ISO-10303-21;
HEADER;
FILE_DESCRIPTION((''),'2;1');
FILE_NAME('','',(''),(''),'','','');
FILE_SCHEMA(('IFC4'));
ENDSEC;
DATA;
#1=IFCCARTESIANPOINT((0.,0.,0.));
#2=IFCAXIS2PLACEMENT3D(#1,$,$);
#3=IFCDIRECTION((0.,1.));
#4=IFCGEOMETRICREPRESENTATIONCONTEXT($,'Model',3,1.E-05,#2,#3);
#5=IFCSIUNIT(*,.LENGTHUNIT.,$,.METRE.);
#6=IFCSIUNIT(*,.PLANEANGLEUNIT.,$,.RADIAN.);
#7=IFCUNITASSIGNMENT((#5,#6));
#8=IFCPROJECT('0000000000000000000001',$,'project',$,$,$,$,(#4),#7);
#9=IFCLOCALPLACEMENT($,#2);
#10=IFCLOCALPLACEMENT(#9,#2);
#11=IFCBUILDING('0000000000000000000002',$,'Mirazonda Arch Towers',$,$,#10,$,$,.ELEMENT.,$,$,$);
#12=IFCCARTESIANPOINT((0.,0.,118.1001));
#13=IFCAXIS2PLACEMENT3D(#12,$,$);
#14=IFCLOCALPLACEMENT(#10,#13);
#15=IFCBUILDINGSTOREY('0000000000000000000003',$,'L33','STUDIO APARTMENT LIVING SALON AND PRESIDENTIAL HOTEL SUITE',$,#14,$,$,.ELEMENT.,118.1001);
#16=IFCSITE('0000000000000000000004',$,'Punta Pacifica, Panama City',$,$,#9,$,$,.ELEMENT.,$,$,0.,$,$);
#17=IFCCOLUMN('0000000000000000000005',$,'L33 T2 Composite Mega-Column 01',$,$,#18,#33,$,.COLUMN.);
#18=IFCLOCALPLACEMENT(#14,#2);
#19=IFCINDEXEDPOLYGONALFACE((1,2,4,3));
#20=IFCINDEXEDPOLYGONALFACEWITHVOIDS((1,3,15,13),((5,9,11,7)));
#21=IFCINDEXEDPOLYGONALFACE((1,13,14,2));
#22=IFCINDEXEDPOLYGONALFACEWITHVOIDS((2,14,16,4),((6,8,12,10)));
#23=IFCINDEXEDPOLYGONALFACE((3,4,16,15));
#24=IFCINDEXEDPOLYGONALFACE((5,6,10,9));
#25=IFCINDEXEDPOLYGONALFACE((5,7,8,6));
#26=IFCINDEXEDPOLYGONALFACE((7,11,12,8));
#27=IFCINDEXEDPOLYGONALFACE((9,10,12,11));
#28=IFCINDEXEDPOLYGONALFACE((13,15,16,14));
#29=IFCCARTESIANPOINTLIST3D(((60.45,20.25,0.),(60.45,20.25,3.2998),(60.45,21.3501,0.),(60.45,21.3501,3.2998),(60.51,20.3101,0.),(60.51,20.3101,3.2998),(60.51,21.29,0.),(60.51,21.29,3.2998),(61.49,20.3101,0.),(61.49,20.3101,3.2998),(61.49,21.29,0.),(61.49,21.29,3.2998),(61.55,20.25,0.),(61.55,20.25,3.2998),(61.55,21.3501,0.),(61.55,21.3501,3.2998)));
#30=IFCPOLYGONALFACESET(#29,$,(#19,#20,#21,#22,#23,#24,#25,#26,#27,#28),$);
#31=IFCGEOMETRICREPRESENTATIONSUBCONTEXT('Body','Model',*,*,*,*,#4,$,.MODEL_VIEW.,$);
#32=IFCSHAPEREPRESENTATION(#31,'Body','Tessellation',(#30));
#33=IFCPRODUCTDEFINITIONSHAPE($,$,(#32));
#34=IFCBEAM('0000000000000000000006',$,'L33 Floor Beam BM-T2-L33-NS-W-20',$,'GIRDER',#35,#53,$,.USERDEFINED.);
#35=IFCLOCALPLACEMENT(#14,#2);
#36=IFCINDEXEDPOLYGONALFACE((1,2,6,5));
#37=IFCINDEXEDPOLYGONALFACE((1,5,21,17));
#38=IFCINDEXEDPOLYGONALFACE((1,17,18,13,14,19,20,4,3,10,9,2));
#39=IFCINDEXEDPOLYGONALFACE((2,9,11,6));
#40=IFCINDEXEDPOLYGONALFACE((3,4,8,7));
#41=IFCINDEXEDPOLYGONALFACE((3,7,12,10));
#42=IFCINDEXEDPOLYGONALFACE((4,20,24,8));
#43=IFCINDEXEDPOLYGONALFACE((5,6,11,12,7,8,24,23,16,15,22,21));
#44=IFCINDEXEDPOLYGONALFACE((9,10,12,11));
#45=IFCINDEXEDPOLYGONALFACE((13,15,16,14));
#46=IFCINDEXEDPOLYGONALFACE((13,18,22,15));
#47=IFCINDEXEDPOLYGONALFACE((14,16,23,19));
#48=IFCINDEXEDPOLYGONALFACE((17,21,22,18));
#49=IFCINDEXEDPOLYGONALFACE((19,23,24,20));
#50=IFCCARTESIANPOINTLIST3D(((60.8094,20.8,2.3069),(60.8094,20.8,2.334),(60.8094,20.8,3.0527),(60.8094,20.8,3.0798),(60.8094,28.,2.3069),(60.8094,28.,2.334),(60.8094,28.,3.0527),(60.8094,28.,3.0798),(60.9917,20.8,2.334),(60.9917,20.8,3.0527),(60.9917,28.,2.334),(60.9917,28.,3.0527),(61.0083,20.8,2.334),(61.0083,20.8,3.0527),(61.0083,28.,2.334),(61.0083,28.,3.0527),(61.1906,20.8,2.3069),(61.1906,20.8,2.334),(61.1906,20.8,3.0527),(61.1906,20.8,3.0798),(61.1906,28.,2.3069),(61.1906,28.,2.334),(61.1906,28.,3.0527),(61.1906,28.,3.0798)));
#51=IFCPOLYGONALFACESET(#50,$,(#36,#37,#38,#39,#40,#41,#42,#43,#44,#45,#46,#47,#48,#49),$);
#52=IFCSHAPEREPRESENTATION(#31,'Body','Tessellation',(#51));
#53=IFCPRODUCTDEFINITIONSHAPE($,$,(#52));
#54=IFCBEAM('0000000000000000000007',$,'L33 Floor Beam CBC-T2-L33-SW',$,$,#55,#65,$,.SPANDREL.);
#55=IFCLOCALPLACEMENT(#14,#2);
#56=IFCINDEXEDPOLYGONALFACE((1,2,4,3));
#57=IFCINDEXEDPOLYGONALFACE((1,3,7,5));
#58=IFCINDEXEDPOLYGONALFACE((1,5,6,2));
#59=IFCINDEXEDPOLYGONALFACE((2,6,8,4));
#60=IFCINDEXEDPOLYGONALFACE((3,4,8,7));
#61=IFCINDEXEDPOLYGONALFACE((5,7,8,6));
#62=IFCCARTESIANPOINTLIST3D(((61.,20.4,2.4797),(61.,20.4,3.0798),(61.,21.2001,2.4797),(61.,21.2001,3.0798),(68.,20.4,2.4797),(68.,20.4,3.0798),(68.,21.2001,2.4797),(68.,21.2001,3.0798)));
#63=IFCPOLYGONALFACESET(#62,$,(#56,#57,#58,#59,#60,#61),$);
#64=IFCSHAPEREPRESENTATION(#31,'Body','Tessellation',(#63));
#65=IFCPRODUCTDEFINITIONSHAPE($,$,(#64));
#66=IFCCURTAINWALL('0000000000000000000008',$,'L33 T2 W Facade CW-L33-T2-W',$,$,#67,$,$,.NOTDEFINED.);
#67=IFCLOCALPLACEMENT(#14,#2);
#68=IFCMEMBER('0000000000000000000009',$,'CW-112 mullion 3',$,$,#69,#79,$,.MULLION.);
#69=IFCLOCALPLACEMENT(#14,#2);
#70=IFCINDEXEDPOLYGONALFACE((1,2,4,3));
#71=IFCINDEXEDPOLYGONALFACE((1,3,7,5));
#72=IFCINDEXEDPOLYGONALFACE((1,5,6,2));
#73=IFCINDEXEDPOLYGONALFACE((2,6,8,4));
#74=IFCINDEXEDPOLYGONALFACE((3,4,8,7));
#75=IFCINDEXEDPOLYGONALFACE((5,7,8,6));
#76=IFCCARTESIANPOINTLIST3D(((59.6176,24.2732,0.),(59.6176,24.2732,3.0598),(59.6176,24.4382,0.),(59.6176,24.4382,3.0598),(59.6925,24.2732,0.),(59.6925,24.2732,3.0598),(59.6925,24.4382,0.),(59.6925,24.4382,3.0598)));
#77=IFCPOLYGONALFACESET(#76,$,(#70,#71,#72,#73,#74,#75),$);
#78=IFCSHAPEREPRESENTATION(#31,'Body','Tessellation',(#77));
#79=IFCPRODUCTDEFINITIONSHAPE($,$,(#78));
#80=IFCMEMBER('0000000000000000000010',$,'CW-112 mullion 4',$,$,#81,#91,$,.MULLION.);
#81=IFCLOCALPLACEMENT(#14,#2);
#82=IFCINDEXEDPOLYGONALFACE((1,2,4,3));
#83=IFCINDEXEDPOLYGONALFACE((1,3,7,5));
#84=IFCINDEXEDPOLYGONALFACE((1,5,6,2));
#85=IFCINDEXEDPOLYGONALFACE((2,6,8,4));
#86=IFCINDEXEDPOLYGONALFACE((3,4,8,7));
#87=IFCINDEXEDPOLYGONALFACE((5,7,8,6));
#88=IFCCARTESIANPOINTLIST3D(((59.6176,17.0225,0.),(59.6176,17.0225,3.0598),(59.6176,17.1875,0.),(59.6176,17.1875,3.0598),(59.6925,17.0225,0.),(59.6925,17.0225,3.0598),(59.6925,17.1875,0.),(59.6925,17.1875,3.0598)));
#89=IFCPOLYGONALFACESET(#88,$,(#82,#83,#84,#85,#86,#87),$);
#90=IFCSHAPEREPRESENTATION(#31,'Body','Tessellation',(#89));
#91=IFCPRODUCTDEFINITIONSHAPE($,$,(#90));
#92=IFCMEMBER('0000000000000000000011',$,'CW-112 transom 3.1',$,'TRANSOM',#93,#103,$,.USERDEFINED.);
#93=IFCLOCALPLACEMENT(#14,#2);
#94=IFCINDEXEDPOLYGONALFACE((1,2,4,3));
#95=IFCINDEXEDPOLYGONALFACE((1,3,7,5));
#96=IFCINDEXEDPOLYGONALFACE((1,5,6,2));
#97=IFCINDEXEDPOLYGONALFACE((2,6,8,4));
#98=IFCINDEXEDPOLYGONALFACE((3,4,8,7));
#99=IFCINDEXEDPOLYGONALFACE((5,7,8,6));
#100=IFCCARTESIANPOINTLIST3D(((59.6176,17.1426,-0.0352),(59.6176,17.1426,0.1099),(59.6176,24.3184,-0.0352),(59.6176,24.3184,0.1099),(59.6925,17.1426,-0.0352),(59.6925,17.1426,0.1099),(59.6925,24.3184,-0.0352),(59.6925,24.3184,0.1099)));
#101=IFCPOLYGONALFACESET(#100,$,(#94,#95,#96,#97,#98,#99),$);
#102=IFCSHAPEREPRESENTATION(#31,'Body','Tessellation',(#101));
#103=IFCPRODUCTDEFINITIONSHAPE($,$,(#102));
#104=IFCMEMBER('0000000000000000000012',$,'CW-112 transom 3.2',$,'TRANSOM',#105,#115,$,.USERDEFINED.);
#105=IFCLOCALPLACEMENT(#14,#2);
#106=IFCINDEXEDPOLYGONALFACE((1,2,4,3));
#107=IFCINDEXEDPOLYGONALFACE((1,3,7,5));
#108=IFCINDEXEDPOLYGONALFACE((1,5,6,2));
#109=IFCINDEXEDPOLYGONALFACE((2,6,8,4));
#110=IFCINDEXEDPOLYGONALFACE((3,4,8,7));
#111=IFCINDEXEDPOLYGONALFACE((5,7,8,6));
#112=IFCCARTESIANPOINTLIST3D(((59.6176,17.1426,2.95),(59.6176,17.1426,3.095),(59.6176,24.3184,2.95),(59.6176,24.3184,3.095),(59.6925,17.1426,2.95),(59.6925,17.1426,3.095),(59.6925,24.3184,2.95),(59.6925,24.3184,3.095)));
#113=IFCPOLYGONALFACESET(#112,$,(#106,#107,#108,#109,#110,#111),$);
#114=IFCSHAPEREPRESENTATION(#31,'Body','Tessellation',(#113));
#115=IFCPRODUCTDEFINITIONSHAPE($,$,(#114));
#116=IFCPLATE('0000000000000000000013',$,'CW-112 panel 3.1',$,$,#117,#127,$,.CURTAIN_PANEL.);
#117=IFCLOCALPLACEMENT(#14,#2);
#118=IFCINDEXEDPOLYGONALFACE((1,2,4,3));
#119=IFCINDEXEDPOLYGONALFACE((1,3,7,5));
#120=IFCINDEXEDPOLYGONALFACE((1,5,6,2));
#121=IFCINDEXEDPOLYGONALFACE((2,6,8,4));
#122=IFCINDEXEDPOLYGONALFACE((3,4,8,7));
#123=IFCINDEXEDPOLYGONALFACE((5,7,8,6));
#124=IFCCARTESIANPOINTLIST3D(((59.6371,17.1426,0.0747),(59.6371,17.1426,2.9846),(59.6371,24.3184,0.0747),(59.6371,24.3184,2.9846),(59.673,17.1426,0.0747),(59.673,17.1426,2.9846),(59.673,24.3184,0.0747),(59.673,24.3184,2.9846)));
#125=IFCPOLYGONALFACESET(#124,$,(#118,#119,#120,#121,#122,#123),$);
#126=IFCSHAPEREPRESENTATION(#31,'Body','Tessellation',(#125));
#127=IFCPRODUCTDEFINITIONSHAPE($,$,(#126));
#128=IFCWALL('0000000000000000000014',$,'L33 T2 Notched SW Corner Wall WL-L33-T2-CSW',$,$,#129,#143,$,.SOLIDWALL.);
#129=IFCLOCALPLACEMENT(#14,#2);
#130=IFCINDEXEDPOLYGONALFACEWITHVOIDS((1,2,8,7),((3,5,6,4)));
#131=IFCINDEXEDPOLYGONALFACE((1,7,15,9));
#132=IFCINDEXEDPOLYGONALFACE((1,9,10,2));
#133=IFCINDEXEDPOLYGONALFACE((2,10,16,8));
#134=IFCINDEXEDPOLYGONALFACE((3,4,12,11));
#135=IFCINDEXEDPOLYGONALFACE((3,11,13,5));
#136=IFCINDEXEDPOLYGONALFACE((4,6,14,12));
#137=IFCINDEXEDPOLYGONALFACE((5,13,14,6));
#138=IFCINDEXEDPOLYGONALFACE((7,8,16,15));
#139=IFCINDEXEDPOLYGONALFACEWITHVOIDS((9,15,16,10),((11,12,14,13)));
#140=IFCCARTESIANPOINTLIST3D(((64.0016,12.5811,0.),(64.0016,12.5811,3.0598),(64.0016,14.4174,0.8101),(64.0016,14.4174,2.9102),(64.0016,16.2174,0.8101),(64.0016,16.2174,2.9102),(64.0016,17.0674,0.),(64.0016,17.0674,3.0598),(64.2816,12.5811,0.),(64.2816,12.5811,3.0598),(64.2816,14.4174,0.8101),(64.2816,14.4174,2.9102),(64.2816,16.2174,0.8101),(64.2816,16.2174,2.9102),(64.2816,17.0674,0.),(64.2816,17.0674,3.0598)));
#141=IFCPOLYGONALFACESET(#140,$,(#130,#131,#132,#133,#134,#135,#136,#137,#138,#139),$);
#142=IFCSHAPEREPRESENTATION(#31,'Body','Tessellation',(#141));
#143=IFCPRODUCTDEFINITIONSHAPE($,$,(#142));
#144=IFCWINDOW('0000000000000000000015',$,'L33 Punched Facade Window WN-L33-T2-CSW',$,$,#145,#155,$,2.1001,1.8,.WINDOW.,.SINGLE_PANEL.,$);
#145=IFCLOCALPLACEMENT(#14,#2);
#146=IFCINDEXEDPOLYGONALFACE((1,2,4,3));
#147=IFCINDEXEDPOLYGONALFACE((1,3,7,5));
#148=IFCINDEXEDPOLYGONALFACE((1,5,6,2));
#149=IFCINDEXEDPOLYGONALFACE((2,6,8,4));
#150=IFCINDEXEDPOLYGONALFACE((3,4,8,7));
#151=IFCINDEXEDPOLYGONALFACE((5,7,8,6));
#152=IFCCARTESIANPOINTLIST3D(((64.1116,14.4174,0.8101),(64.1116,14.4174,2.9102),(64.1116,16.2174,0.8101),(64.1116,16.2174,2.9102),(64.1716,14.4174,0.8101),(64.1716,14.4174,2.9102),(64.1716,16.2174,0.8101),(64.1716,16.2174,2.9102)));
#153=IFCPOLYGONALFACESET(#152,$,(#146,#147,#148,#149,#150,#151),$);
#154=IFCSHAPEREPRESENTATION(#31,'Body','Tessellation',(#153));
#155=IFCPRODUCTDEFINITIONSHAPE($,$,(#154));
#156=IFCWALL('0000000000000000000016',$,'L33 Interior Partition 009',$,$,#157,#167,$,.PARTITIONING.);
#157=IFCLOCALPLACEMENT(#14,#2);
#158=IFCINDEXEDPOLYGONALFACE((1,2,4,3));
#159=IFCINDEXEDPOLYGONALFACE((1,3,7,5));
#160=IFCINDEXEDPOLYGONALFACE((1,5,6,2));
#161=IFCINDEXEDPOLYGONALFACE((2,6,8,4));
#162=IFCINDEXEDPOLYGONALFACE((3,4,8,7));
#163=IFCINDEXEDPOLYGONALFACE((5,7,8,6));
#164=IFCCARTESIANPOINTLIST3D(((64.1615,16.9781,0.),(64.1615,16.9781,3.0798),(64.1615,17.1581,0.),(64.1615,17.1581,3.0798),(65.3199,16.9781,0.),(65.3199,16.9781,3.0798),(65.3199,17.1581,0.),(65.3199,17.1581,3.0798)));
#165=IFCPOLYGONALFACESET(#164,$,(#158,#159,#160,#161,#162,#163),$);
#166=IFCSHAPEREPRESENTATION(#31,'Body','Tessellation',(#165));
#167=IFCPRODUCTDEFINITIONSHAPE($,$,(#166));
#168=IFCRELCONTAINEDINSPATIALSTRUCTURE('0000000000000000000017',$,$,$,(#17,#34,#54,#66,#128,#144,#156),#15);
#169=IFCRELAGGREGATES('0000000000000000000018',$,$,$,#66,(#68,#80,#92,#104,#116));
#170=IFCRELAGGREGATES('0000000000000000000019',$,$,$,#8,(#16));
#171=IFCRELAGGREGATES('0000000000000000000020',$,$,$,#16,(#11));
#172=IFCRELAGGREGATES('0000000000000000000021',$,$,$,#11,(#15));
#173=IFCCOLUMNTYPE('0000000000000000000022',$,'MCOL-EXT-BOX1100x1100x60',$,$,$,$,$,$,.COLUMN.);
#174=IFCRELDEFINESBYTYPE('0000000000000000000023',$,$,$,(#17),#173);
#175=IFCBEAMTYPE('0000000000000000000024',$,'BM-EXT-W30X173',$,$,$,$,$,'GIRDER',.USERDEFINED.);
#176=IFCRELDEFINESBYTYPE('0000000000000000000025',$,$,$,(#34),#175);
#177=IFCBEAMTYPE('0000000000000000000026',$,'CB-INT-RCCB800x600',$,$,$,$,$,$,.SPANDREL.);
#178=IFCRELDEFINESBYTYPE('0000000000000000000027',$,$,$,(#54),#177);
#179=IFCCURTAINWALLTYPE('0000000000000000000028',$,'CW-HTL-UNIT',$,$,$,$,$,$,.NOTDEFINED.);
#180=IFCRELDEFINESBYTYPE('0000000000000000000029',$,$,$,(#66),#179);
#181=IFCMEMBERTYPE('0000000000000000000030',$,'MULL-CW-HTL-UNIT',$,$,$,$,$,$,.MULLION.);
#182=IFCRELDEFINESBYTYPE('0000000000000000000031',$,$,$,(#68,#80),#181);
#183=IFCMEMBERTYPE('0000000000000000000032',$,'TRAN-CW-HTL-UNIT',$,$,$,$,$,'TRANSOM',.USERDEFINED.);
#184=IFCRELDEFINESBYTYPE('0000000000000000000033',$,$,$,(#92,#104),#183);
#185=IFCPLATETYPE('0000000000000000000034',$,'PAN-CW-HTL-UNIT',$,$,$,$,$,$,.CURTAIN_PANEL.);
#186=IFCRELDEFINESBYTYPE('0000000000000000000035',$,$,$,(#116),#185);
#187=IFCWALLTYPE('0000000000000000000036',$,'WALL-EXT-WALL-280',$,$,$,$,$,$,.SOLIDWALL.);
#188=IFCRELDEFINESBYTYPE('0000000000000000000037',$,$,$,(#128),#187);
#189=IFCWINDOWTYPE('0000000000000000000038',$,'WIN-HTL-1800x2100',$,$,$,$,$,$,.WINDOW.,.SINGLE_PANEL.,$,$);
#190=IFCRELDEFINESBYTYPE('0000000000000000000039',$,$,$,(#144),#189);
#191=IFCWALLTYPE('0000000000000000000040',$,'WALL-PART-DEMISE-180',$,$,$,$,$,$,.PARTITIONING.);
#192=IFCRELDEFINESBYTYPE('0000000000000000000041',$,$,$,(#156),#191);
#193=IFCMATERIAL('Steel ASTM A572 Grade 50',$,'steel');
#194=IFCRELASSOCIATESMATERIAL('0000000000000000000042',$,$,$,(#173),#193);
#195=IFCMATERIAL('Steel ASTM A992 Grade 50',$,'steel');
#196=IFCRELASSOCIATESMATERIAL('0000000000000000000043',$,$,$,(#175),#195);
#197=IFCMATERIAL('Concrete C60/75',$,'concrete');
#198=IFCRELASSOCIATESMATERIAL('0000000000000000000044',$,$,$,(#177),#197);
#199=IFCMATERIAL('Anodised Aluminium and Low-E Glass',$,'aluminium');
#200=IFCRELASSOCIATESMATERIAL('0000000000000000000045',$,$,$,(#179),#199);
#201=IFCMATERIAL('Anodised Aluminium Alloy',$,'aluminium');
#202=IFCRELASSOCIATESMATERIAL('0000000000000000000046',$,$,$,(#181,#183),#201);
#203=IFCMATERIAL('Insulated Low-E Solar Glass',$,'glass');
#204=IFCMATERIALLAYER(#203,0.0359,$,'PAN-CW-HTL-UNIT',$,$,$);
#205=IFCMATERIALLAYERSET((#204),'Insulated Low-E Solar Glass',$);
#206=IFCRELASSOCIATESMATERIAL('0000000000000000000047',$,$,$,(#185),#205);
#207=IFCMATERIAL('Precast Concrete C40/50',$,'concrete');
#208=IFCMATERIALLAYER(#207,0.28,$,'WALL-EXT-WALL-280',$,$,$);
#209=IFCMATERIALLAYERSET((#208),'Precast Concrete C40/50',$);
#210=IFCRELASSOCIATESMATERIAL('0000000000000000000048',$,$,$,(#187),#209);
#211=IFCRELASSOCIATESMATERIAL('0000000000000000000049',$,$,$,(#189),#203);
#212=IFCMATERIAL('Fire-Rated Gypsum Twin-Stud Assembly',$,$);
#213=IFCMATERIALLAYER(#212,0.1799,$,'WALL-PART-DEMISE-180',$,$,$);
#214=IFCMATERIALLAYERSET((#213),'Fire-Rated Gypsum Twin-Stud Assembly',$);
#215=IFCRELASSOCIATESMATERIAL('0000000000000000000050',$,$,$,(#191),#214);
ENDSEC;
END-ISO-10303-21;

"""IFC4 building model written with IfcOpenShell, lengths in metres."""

from ifc_helpers import new_model, si_unit, direction, frame, frame_2d, origin, origin_2d, place, context, subcontext, project, spatial, rectangle, hollow_rectangle, i_section, extrude, material, layer, layer_set, material_profile, profile_set, type_object, element, fill, aggregate, save


model = new_model("IFC4")

# Units and contexts
model_context = context("Model", 3, precision=1e-05, world=origin(), true_north=direction((0.0, 1.0)))
body_context = subcontext(model_context, "Body", "Model", "MODEL_VIEW")
ifc_project = project(units=[si_unit("LENGTHUNIT", "METRE"), si_unit("PLANEANGLEUNIT", "RADIAN")], contexts=[model_context])

# Site, building, storey
site_placement = place(None, origin())
site = spatial("IfcSite", under=ifc_project, at=site_placement, Name="Punta Pacifica, Panama City", CompositionType="ELEMENT", RefElevation=0.0)
building_placement = place(site_placement, origin())
building = spatial("IfcBuilding", under=site, at=building_placement, Name="Mirazonda Arch Towers", CompositionType="ELEMENT")
storey_placement = place(building_placement, frame((0.0, 0.0, 118.1001)))
storey = spatial("IfcBuildingStorey", under=building, at=storey_placement, Name="L33", Description="STUDIO APARTMENT LIVING SALON AND PRESIDENTIAL HOTEL SUITE", CompositionType="ELEMENT", Elevation=118.1001)

# Column
ifc_material_1 = material(Name="Steel ASTM A572 Grade 50", Category="steel")
ifc_material_profile_1 = material_profile(ifc_material_1, hollow_rectangle(XDim=1.1001, YDim=1.1001, WallThickness=0.0601, at=origin_2d()), Name="BOX1100x1100x60")
ifc_profile_set_1 = profile_set([ifc_material_profile_1], Name="Steel ASTM A572 Grade 50")
column_type = type_object("IfcColumnType", Name="MCOL-EXT-BOX1100x1100x60", PredefinedType="COLUMN", material=ifc_profile_set_1)
column_placement = place(storey_placement, frame((61.0, 20.8, 0.0), z_axis=(0.0, 0.0, 1.0), x_axis=(1.0, 0.0, 0.0)))
element("IfcColumn", 1, at=column_placement, inside=storey, type_object=column_type, Name="L33 T2 Composite Mega-Column 01", PredefinedType="COLUMN", context=body_context, shape_type="SweptSolid", body=[
    extrude(hollow_rectangle(XDim=1.1001, YDim=1.1001, WallThickness=0.0601, at=origin_2d()), origin(), (0.0, 0.0, 1.0), 3.2998),
])

# Beams
ifc_material_2 = material(Name="Steel ASTM A992 Grade 50", Category="steel")
ifc_material_profile_2 = material_profile(ifc_material_2, i_section(OverallWidth=0.3811, OverallDepth=0.7729, WebThickness=0.0166, FlangeThickness=0.0271, at=origin_2d()), Name="W30X173")
ifc_profile_set_2 = profile_set([ifc_material_profile_2], Name="Steel ASTM A992 Grade 50")
beam_type_1 = type_object("IfcBeamType", Name="BM-EXT-W30X173", ElementType="GIRDER", PredefinedType="USERDEFINED", material=ifc_profile_set_2)
beam_1_placement = place(storey_placement, frame((61.0, 20.8, 2.6934), z_axis=(0.0, 1.0, 0.0), x_axis=(-1.0, 0.0, 0.0)))
element("IfcBeam", 2, at=beam_1_placement, inside=storey, type_object=beam_type_1, Name="L33 Floor Beam BM-T2-L33-NS-W-20", ObjectType="GIRDER", PredefinedType="USERDEFINED", context=body_context, shape_type="SweptSolid", body=[
    extrude(i_section(OverallWidth=0.3811, OverallDepth=0.7729, WebThickness=0.0166, FlangeThickness=0.0271, at=origin_2d()), origin(), (0.0, 0.0, 1.0), 7.2),
])
ifc_material_3 = material(Name="Concrete C60/75", Category="concrete")
ifc_material_profile_3 = material_profile(ifc_material_3, rectangle(XDim=0.8, YDim=0.6001, at=origin_2d()), Name="RCCB800x600")
ifc_profile_set_3 = profile_set([ifc_material_profile_3], Name="Concrete C60/75")
beam_type_2 = type_object("IfcBeamType", Name="CB-INT-RCCB800x600", PredefinedType="SPANDREL", material=ifc_profile_set_3)
beam_2_placement = place(storey_placement, frame((61.0, 20.8, 2.7798), z_axis=(1.0, 0.0, 0.0), x_axis=(0.0, 1.0, 0.0)))
element("IfcBeam", 3, at=beam_2_placement, inside=storey, type_object=beam_type_2, Name="L33 Floor Beam CBC-T2-L33-SW", PredefinedType="SPANDREL", context=body_context, shape_type="SweptSolid", body=[
    extrude(rectangle(XDim=0.8, YDim=0.6001, at=origin_2d()), origin(), (0.0, 0.0, 1.0), 7.0),
])

# Curtain wall, members, plate
ifc_material_4 = material(Name="Anodised Aluminium and Low-E Glass", Category="aluminium")
curtain_wall_type = type_object("IfcCurtainWallType", Name="CW-HTL-UNIT", PredefinedType="NOTDEFINED", material=ifc_material_4)
curtain_wall_placement = place(storey_placement, origin())
curtain_wall = element("IfcCurtainWall", 4, at=curtain_wall_placement, inside=storey, type_object=curtain_wall_type, Name="L33 T2 W Facade CW-L33-T2-W", PredefinedType="NOTDEFINED")
ifc_material_5 = material(Name="Anodised Aluminium Alloy", Category="aluminium")
ifc_material_profile_4 = material_profile(ifc_material_5, rectangle(XDim=0.075, YDim=0.165, at=origin_2d()), Name="ALU-MULL-75x165")
ifc_profile_set_4 = profile_set([ifc_material_profile_4], Name="Anodised Aluminium Alloy")
member_type_1 = type_object("IfcMemberType", Name="MULL-CW-HTL-UNIT", PredefinedType="MULLION", material=ifc_profile_set_4)
member_1_placement = place(storey_placement, frame((59.655, 24.3557, 0.0), z_axis=(0.0, 0.0, 1.0), x_axis=(1.0, 0.0, 0.0)))
member_1 = element("IfcMember", 5, at=member_1_placement, type_object=member_type_1, Name="CW-112 mullion 3", PredefinedType="MULLION", context=body_context, shape_type="SweptSolid", body=[
    extrude(rectangle(XDim=0.075, YDim=0.165, at=origin_2d()), origin(), (0.0, 0.0, 1.0), 3.0598),
])
member_2_placement = place(storey_placement, frame((59.655, 17.105, 0.0), z_axis=(0.0, 0.0, 1.0), x_axis=(1.0, 0.0, 0.0)))
member_2 = element("IfcMember", 6, at=member_2_placement, type_object=member_type_1, Name="CW-112 mullion 4", PredefinedType="MULLION", context=body_context, shape_type="SweptSolid", body=[
    extrude(rectangle(XDim=0.075, YDim=0.165, at=origin_2d()), origin(), (0.0, 0.0, 1.0), 3.0598),
])
ifc_material_profile_5 = material_profile(ifc_material_5, rectangle(XDim=0.075, YDim=0.145, at=origin_2d()), Name="ALU-TRAN-75x145")
ifc_profile_set_5 = profile_set([ifc_material_profile_5], Name="Anodised Aluminium Alloy")
member_type_2 = type_object("IfcMemberType", Name="TRAN-CW-HTL-UNIT", ElementType="TRANSOM", PredefinedType="USERDEFINED", material=ifc_profile_set_5)
member_3_placement = place(storey_placement, frame((59.655, 24.3184, 0.0374), z_axis=(0.0, -1.0, 0.0), x_axis=(1.0, 0.0, 0.0)))
member_3 = element("IfcMember", 7, at=member_3_placement, type_object=member_type_2, Name="CW-112 transom 3.1", ObjectType="TRANSOM", PredefinedType="USERDEFINED", context=body_context, shape_type="SweptSolid", body=[
    extrude(rectangle(XDim=0.075, YDim=0.145, at=origin_2d()), origin(), (0.0, 0.0, 1.0), 7.1758),
])
member_4_placement = place(storey_placement, frame((59.655, 24.3184, 3.0225), z_axis=(0.0, -1.0, 0.0), x_axis=(1.0, 0.0, 0.0)))
member_4 = element("IfcMember", 8, at=member_4_placement, type_object=member_type_2, Name="CW-112 transom 3.2", ObjectType="TRANSOM", PredefinedType="USERDEFINED", context=body_context, shape_type="SweptSolid", body=[
    extrude(rectangle(XDim=0.075, YDim=0.145, at=origin_2d()), origin(), (0.0, 0.0, 1.0), 7.1758),
])
ifc_material_6 = material(Name="Insulated Low-E Solar Glass", Category="glass")
ifc_layer_1 = layer(ifc_material_6, 0.0359, Name="PAN-CW-HTL-UNIT")
ifc_layer_set_1 = layer_set([ifc_layer_1], Name="Insulated Low-E Solar Glass")
plate_type = type_object("IfcPlateType", Name="PAN-CW-HTL-UNIT", PredefinedType="CURTAIN_PANEL", material=ifc_layer_set_1)
plate_placement = place(storey_placement, frame((59.655, 20.7305, 0.0747), z_axis=(0.0, 0.0, 1.0), x_axis=(0.0, -1.0, 0.0)))
plate = element("IfcPlate", 9, at=plate_placement, type_object=plate_type, Name="CW-112 panel 3.1", PredefinedType="CURTAIN_PANEL", context=body_context, shape_type="SweptSolid", body=[
    extrude(rectangle(XDim=7.1758, YDim=0.0359, at=origin_2d()), origin(), (0.0, 0.0, 1.0), 2.9099),
])
aggregate(curtain_wall, [member_1, member_2, member_3, member_4, plate])

# Wall, opening, window
ifc_material_7 = material(Name="Precast Concrete C40/50", Category="concrete")
ifc_layer_2 = layer(ifc_material_7, 0.28, Name="WALL-EXT-WALL-280")
ifc_layer_set_2 = layer_set([ifc_layer_2], Name="Precast Concrete C40/50")
wall_type_1 = type_object("IfcWallType", Name="WALL-EXT-WALL-280", PredefinedType="SOLIDWALL", material=ifc_layer_set_2)
wall_1_placement = place(storey_placement, frame((64.1416, 17.0674, 0.0), z_axis=(0.0, 0.0, 1.0), x_axis=(0.0, -1.0, 0.0)))
wall_1 = element("IfcWall", 10, at=wall_1_placement, inside=storey, type_object=wall_type_1, Name="L33 T2 Notched SW Corner Wall WL-L33-T2-CSW", PredefinedType="SOLIDWALL", context=body_context, shape_type="SweptSolid", body=[
    extrude(rectangle(XDim=4.4863, YDim=0.28, at=frame_2d((2.2432, 0.0))), origin(), (0.0, 0.0, 1.0), 3.0598),
])
opening_1_placement = place(wall_1_placement, frame((0.8501, 0.0, 0.8101)))
opening_1 = element("IfcOpeningElement", 11, at=opening_1_placement, cuts=wall_1, PredefinedType="OPENING", context=body_context, shape_type="SweptSolid", body=[
    extrude(rectangle(XDim=1.8, YDim=2.1001, at=frame_2d((0.8999, 1.05))), frame((0.0, 0.1499, 0.0), z_axis=(0.0, -1.0, 0.0), x_axis=(1.0, 0.0, 0.0)), (0.0, 0.0, 1.0), 0.3),
])
window_type = type_object("IfcWindowType", Name="WIN-HTL-1800x2100", PartitioningType="SINGLE_PANEL", PredefinedType="WINDOW", material=ifc_material_6)
window_placement = place(opening_1_placement, origin())
window = element("IfcWindow", 12, at=window_placement, inside=storey, type_object=window_type, Name="L33 Punched Facade Window WN-L33-T2-CSW", OverallHeight=2.1001, OverallWidth=1.8, PartitioningType="SINGLE_PANEL", PredefinedType="WINDOW", context=body_context, shape_type="SweptSolid", body=[
    extrude(rectangle(XDim=1.8, YDim=2.1001, at=frame_2d((0.8999, 1.05))), frame((0.0, 0.03, 0.0), z_axis=(0.0, -1.0, 0.0), x_axis=(1.0, 0.0, 0.0)), (0.0, 0.0, 1.0), 0.0601),
])
fill(opening_1, window)

# Wall
ifc_material_8 = material(Name="Fire-Rated Gypsum Twin-Stud Assembly")
ifc_layer_3 = layer(ifc_material_8, 0.1799, Name="WALL-PART-DEMISE-180")
ifc_layer_set_3 = layer_set([ifc_layer_3], Name="Fire-Rated Gypsum Twin-Stud Assembly")
wall_type_2 = type_object("IfcWallType", Name="WALL-PART-DEMISE-180", PredefinedType="PARTITIONING", material=ifc_layer_set_3)
wall_2_placement = place(storey_placement, frame((64.1616, 17.0681, 0.0), z_axis=(0.0, 0.0, 1.0), x_axis=(1.0, 0.0, 0.0)))
element("IfcWall", 13, at=wall_2_placement, inside=storey, type_object=wall_type_2, Name="L33 Interior Partition 009", PredefinedType="PARTITIONING", context=body_context, shape_type="SweptSolid", body=[
    extrude(rectangle(XDim=1.1584, YDim=0.1799, at=frame_2d((0.5791, 0.0))), origin(), (0.0, 0.0, 1.0), 3.0798),
])

save(model, "model.ifc")
